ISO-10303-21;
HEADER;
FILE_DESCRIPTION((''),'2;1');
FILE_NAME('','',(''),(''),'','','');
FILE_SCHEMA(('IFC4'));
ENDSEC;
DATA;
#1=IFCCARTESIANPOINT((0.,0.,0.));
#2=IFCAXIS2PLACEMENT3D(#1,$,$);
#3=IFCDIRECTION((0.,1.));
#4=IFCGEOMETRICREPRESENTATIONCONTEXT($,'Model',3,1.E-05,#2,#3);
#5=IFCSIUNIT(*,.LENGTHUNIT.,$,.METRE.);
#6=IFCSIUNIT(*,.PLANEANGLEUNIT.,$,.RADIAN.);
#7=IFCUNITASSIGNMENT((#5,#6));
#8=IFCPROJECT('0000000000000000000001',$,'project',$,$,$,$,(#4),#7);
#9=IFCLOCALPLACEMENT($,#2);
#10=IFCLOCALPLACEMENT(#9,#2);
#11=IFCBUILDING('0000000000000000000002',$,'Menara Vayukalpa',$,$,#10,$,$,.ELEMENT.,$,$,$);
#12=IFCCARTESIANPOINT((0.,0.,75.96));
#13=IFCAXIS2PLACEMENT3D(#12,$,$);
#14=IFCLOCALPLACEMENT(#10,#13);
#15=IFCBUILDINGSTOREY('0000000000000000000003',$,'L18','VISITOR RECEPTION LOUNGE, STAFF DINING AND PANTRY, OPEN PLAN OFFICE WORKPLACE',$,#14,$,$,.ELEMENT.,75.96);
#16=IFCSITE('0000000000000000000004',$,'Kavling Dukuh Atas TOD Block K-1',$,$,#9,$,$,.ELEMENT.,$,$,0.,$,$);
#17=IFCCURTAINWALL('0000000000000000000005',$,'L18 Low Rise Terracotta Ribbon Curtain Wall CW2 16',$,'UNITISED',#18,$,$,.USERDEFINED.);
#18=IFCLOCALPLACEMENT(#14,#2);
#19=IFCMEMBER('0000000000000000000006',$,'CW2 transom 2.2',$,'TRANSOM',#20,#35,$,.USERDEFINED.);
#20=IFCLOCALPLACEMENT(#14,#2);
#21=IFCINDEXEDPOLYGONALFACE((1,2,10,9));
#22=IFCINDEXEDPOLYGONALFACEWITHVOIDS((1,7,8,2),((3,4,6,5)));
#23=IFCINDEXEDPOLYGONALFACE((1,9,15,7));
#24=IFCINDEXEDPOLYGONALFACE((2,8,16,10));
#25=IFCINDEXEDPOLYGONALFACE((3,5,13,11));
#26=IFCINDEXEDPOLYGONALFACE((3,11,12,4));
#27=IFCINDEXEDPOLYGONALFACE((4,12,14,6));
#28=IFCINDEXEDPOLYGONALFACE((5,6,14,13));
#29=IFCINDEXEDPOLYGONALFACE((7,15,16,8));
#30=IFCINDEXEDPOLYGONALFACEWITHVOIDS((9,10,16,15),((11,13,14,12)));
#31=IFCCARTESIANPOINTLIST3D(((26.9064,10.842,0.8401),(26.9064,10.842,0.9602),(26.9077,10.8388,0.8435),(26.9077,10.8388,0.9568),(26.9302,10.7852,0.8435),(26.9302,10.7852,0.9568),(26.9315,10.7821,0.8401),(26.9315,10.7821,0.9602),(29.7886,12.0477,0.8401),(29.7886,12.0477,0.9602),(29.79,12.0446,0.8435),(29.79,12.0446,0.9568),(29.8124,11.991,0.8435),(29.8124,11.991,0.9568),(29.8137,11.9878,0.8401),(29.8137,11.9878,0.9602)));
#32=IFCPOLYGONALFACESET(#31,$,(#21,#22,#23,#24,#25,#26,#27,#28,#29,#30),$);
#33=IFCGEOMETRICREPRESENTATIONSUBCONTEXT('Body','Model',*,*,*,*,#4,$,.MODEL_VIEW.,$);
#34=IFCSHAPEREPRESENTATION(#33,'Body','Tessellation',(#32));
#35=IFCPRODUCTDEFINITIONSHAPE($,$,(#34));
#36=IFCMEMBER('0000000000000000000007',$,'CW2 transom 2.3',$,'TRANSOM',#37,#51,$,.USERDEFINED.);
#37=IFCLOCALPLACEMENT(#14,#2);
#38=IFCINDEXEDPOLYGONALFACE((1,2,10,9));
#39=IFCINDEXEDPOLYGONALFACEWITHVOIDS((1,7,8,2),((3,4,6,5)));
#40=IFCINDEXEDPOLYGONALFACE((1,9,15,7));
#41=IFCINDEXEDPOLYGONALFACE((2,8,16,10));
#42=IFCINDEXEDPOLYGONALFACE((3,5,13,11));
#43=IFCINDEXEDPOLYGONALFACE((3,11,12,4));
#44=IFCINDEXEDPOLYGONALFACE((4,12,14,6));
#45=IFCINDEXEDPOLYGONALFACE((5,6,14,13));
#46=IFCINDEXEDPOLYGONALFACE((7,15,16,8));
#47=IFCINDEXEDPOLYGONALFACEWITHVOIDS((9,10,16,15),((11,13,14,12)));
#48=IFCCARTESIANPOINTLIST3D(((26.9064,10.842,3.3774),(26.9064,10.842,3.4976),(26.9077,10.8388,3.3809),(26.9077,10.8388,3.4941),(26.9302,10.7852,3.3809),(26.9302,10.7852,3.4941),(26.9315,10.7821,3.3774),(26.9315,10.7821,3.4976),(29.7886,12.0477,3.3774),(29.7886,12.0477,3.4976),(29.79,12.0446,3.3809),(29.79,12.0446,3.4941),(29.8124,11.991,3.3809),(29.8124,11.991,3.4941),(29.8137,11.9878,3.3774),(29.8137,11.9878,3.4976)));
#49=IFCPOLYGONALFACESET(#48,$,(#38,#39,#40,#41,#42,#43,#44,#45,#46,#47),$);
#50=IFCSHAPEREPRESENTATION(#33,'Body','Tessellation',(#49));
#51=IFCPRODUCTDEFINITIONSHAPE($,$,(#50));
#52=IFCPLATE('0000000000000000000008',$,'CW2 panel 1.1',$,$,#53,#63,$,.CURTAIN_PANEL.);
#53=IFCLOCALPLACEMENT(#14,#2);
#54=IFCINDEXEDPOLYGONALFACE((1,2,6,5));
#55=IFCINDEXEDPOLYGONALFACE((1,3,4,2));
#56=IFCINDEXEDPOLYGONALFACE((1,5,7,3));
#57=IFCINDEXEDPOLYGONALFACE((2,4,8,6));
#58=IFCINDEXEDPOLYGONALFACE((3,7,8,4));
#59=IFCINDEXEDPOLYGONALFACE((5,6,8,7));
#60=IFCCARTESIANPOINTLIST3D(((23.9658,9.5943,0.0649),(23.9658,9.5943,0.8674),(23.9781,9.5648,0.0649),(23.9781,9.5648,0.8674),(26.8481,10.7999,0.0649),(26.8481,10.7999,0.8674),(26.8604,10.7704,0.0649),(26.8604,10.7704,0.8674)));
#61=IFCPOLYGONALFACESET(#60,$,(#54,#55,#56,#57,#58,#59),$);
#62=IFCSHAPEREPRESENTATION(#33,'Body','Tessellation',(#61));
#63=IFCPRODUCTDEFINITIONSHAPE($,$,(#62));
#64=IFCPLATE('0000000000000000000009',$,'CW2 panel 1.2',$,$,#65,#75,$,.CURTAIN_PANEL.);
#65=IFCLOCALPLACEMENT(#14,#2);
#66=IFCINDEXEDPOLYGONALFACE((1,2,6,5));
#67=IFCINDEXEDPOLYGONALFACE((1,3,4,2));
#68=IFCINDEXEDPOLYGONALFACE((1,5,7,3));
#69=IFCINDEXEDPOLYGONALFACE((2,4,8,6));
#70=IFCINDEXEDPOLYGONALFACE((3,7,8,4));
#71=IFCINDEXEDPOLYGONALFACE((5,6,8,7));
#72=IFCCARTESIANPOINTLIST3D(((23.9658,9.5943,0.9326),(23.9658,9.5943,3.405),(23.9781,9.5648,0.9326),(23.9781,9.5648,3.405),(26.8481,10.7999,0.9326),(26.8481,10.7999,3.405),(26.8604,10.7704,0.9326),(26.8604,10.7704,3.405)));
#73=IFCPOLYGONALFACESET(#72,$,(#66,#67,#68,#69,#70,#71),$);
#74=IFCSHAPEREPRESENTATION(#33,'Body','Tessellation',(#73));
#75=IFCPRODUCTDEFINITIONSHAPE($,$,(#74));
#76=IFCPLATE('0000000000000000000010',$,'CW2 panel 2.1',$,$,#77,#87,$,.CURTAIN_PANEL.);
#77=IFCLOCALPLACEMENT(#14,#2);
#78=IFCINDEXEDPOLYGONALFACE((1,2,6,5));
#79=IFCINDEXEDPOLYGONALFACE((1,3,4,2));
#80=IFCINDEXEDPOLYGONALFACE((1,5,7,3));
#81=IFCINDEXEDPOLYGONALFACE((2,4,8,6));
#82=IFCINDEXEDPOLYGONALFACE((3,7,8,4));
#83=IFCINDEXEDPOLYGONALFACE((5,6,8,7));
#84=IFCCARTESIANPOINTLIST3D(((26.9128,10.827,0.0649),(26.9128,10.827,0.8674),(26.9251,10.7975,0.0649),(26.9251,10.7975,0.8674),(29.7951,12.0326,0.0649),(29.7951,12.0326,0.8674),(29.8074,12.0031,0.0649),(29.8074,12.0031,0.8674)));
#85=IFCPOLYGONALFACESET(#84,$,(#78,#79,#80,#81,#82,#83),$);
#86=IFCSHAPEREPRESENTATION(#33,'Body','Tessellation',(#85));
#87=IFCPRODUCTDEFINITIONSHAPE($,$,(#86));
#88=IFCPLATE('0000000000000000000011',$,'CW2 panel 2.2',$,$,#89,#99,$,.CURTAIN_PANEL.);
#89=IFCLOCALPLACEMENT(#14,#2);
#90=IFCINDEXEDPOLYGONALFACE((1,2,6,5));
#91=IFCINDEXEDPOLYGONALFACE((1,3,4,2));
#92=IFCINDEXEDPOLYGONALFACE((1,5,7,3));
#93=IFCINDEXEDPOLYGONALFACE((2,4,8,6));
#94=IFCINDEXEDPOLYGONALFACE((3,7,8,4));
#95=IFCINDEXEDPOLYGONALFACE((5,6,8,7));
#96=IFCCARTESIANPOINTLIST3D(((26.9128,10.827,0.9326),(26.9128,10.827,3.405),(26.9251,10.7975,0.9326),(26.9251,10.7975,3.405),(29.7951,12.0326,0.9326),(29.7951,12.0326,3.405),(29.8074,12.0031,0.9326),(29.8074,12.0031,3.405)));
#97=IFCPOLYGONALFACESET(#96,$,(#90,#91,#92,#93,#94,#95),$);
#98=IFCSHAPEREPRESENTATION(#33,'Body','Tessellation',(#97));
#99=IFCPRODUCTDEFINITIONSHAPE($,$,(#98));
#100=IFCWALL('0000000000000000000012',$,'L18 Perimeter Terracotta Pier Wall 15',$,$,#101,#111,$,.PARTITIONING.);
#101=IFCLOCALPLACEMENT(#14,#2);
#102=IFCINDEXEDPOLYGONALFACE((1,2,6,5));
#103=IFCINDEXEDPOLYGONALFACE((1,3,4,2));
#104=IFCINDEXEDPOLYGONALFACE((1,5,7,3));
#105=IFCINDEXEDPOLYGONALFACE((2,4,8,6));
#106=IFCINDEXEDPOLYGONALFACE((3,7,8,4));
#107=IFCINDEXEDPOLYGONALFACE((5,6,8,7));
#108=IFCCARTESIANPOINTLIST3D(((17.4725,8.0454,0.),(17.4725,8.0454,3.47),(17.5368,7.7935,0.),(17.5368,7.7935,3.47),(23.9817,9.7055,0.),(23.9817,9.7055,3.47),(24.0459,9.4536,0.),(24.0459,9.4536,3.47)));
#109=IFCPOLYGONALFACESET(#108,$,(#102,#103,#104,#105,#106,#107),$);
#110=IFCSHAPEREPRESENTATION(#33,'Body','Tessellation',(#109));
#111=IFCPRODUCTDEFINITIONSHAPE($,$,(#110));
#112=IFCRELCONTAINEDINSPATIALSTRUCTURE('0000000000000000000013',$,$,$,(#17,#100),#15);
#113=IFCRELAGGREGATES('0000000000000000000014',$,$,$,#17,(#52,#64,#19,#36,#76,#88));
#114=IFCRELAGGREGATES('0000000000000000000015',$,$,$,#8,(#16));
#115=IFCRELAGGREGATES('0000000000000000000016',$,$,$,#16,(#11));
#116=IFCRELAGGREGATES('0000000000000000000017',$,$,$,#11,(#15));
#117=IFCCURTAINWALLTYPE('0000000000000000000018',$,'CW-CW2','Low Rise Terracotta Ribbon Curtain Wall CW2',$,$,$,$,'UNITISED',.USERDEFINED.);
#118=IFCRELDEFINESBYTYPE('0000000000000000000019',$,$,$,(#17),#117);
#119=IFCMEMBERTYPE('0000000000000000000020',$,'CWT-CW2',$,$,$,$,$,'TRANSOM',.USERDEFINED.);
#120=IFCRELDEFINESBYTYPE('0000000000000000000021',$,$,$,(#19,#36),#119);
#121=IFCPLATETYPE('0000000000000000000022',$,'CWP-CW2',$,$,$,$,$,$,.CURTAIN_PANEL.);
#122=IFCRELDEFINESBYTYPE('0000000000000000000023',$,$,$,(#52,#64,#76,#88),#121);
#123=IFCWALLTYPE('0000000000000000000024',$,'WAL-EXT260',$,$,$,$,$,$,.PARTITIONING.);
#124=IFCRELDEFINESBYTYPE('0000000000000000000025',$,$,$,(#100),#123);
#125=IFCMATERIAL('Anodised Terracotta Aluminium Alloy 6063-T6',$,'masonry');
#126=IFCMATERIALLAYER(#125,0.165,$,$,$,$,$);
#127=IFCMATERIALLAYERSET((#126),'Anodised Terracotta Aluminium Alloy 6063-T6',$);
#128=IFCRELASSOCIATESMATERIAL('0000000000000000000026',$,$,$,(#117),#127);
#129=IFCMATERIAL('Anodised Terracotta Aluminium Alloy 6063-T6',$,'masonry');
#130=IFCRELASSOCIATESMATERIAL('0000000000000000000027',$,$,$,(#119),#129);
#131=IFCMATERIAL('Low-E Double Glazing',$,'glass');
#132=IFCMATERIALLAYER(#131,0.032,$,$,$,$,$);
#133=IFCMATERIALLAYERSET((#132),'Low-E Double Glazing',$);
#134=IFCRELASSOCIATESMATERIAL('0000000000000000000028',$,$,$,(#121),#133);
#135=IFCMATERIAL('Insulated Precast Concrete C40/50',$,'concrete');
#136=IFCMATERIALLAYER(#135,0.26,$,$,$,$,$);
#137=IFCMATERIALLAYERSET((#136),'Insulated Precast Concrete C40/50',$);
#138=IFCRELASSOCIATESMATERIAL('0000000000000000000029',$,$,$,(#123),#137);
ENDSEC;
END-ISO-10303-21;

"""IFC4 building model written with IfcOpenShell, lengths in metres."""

from ifc_helpers import new_model, si_unit, direction, frame, frame_2d, origin, origin_2d, place, context, subcontext, project, spatial, rectangle, hollow_rectangle, extrude, material, layer, layer_set, material_profile, profile_set, type_object, element, aggregate, save


model = new_model("IFC4")

# Units and contexts
model_context = context("Model", 3, precision=1e-05, world=origin(), true_north=direction((0.0, 1.0)))
body_context = subcontext(model_context, "Body", "Model", "MODEL_VIEW")
ifc_project = project(units=[si_unit("LENGTHUNIT", "METRE"), si_unit("PLANEANGLEUNIT", "RADIAN")], contexts=[model_context])

# Site, building, storey
site_placement = place(None, origin())
site = spatial("IfcSite", under=ifc_project, at=site_placement, Name="Kavling Dukuh Atas TOD Block K-1", CompositionType="ELEMENT", RefElevation=0.0)
building_placement = place(site_placement, origin())
building = spatial("IfcBuilding", under=site, at=building_placement, Name="Menara Vayukalpa", CompositionType="ELEMENT")
storey_placement = place(building_placement, frame((0.0, 0.0, 75.96)))
storey = spatial("IfcBuildingStorey", under=building, at=storey_placement, Name="L18", Description="VISITOR RECEPTION LOUNGE, STAFF DINING AND PANTRY, OPEN PLAN OFFICE WORKPLACE", CompositionType="ELEMENT", Elevation=75.96)

# Curtain wall
ifc_material_1 = material(Name="Anodised Terracotta Aluminium Alloy 6063-T6", Category="masonry")
ifc_layer_1 = layer(ifc_material_1, 0.165)
ifc_layer_set_1 = layer_set([ifc_layer_1], Name="Anodised Terracotta Aluminium Alloy 6063-T6")
curtain_wall_type = type_object("IfcCurtainWallType", Name="CW-CW2", Description="Low Rise Terracotta Ribbon Curtain Wall CW2", ElementType="UNITISED", PredefinedType="USERDEFINED", material=ifc_layer_set_1)
curtain_wall_1_placement = place(storey_placement, origin())
curtain_wall_1 = element("IfcCurtainWall", 1, at=curtain_wall_1_placement, inside=storey, type_object=curtain_wall_type, Name="L18 Low Rise Terracotta Ribbon Curtain Wall CW2 16", ObjectType="UNITISED", PredefinedType="USERDEFINED")

# Members
ifc_material_2 = material(Name="Anodised Terracotta Aluminium Alloy 6063-T6", Category="masonry")
ifc_material_profile_1 = material_profile(ifc_material_2, hollow_rectangle(XDim=0.0649, YDim=0.1201, WallThickness=0.0034, at=origin_2d()), Name="ALU 65x120x3.5")
ifc_profile_set_1 = profile_set([ifc_material_profile_1], Name="Anodised Terracotta Aluminium Alloy 6063-T6")
member_type_1 = type_object("IfcMemberType", Name="CWT-CW2", ElementType="TRANSOM", PredefinedType="USERDEFINED", material=ifc_profile_set_1)
member_1_placement = place(storey_placement, frame((26.9189, 10.812, 0.9001), z_axis=(0.922526, 0.385936, 0.0), x_axis=(-0.385936, 0.922526, 0.0)))
member_1 = element("IfcMember", 2, at=member_1_placement, type_object=member_type_1, Name="CW2 transom 2.2", ObjectType="TRANSOM", PredefinedType="USERDEFINED", context=body_context, shape_type="SweptSolid", body=[
    extrude(hollow_rectangle(XDim=0.0649, YDim=0.1201, WallThickness=0.0034, at=origin_2d()), origin(), (0.0, 0.0, 1.0), 3.1243),
])
member_2_placement = place(storey_placement, frame((26.9189, 10.812, 3.4375), z_axis=(0.922526, 0.385936, 0.0), x_axis=(-0.385936, 0.922526, 0.0)))
member_2 = element("IfcMember", 3, at=member_2_placement, type_object=member_type_1, Name="CW2 transom 2.3", ObjectType="TRANSOM", PredefinedType="USERDEFINED", context=body_context, shape_type="SweptSolid", body=[
    extrude(hollow_rectangle(XDim=0.0649, YDim=0.1201, WallThickness=0.0034, at=origin_2d()), origin(), (0.0, 0.0, 1.0), 3.1243),
])

# Plates
ifc_material_3 = material(Name="Low-E Double Glazing", Category="glass")
ifc_layer_2 = layer(ifc_material_3, 0.032)
ifc_layer_set_2 = layer_set([ifc_layer_2], Name="Low-E Double Glazing")
plate_type = type_object("IfcPlateType", Name="CWP-CW2", PredefinedType="CURTAIN_PANEL", material=ifc_layer_set_2)
plate_1_placement = place(storey_placement, frame((25.4131, 10.1824, 0.0649), z_axis=(0.0, 0.0, 1.0), x_axis=(0.922543, 0.385894, 0.0)))
plate_1 = element("IfcPlate", 4, at=plate_1_placement, type_object=plate_type, Name="CW2 panel 1.1", PredefinedType="CURTAIN_PANEL", context=body_context, shape_type="SweptSolid", body=[
    extrude(rectangle(XDim=3.1243, YDim=0.032, at=origin_2d()), origin(), (0.0, 0.0, 1.0), 0.8025),
])
plate_2_placement = place(storey_placement, frame((25.4131, 10.1824, 0.9326), z_axis=(0.0, 0.0, 1.0), x_axis=(0.922543, 0.385894, 0.0)))
plate_2 = element("IfcPlate", 5, at=plate_2_placement, type_object=plate_type, Name="CW2 panel 1.2", PredefinedType="CURTAIN_PANEL", context=body_context, shape_type="SweptSolid", body=[
    extrude(rectangle(XDim=3.1243, YDim=0.032, at=origin_2d()), origin(), (0.0, 0.0, 1.0), 2.4724),
])
plate_3_placement = place(storey_placement, frame((28.3601, 11.415, 0.0649), z_axis=(0.0, 0.0, 1.0), x_axis=(0.922543, 0.385894, 0.0)))
plate_3 = element("IfcPlate", 6, at=plate_3_placement, type_object=plate_type, Name="CW2 panel 2.1", PredefinedType="CURTAIN_PANEL", context=body_context, shape_type="SweptSolid", body=[
    extrude(rectangle(XDim=3.1243, YDim=0.032, at=origin_2d()), origin(), (0.0, 0.0, 1.0), 0.8025),
])
plate_4_placement = place(storey_placement, frame((28.3601, 11.415, 0.9326), z_axis=(0.0, 0.0, 1.0), x_axis=(0.922543, 0.385894, 0.0)))
plate_4 = element("IfcPlate", 7, at=plate_4_placement, type_object=plate_type, Name="CW2 panel 2.2", PredefinedType="CURTAIN_PANEL", context=body_context, shape_type="SweptSolid", body=[
    extrude(rectangle(XDim=3.1243, YDim=0.032, at=origin_2d()), origin(), (0.0, 0.0, 1.0), 2.4724),
])
aggregate(curtain_wall_1, [plate_1, plate_2, member_1, member_2, plate_3, plate_4])

# Wall
ifc_material_4 = material(Name="Insulated Precast Concrete C40/50", Category="concrete")
ifc_layer_3 = layer(ifc_material_4, 0.26)
ifc_layer_set_3 = layer_set([ifc_layer_3], Name="Insulated Precast Concrete C40/50")
wall_type = type_object("IfcWallType", Name="WAL-EXT260", PredefinedType="PARTITIONING", material=ifc_layer_set_3)
wall_placement = place(storey_placement, frame((24.0139, 9.5796, 0.0), z_axis=(0.0, 0.0, 1.0), x_axis=(-0.968981, -0.247134, 0.0)))
element("IfcWall", 8, at=wall_placement, inside=storey, type_object=wall_type, Name="L18 Perimeter Terracotta Pier Wall 15", PredefinedType="PARTITIONING", context=body_context, shape_type="SweptSolid", body=[
    extrude(rectangle(XDim=6.7175, YDim=0.26, at=frame_2d((3.3589, 0.0))), origin(), (0.0, 0.0, 1.0), 3.47),
])

save(model, "model.ifc")
